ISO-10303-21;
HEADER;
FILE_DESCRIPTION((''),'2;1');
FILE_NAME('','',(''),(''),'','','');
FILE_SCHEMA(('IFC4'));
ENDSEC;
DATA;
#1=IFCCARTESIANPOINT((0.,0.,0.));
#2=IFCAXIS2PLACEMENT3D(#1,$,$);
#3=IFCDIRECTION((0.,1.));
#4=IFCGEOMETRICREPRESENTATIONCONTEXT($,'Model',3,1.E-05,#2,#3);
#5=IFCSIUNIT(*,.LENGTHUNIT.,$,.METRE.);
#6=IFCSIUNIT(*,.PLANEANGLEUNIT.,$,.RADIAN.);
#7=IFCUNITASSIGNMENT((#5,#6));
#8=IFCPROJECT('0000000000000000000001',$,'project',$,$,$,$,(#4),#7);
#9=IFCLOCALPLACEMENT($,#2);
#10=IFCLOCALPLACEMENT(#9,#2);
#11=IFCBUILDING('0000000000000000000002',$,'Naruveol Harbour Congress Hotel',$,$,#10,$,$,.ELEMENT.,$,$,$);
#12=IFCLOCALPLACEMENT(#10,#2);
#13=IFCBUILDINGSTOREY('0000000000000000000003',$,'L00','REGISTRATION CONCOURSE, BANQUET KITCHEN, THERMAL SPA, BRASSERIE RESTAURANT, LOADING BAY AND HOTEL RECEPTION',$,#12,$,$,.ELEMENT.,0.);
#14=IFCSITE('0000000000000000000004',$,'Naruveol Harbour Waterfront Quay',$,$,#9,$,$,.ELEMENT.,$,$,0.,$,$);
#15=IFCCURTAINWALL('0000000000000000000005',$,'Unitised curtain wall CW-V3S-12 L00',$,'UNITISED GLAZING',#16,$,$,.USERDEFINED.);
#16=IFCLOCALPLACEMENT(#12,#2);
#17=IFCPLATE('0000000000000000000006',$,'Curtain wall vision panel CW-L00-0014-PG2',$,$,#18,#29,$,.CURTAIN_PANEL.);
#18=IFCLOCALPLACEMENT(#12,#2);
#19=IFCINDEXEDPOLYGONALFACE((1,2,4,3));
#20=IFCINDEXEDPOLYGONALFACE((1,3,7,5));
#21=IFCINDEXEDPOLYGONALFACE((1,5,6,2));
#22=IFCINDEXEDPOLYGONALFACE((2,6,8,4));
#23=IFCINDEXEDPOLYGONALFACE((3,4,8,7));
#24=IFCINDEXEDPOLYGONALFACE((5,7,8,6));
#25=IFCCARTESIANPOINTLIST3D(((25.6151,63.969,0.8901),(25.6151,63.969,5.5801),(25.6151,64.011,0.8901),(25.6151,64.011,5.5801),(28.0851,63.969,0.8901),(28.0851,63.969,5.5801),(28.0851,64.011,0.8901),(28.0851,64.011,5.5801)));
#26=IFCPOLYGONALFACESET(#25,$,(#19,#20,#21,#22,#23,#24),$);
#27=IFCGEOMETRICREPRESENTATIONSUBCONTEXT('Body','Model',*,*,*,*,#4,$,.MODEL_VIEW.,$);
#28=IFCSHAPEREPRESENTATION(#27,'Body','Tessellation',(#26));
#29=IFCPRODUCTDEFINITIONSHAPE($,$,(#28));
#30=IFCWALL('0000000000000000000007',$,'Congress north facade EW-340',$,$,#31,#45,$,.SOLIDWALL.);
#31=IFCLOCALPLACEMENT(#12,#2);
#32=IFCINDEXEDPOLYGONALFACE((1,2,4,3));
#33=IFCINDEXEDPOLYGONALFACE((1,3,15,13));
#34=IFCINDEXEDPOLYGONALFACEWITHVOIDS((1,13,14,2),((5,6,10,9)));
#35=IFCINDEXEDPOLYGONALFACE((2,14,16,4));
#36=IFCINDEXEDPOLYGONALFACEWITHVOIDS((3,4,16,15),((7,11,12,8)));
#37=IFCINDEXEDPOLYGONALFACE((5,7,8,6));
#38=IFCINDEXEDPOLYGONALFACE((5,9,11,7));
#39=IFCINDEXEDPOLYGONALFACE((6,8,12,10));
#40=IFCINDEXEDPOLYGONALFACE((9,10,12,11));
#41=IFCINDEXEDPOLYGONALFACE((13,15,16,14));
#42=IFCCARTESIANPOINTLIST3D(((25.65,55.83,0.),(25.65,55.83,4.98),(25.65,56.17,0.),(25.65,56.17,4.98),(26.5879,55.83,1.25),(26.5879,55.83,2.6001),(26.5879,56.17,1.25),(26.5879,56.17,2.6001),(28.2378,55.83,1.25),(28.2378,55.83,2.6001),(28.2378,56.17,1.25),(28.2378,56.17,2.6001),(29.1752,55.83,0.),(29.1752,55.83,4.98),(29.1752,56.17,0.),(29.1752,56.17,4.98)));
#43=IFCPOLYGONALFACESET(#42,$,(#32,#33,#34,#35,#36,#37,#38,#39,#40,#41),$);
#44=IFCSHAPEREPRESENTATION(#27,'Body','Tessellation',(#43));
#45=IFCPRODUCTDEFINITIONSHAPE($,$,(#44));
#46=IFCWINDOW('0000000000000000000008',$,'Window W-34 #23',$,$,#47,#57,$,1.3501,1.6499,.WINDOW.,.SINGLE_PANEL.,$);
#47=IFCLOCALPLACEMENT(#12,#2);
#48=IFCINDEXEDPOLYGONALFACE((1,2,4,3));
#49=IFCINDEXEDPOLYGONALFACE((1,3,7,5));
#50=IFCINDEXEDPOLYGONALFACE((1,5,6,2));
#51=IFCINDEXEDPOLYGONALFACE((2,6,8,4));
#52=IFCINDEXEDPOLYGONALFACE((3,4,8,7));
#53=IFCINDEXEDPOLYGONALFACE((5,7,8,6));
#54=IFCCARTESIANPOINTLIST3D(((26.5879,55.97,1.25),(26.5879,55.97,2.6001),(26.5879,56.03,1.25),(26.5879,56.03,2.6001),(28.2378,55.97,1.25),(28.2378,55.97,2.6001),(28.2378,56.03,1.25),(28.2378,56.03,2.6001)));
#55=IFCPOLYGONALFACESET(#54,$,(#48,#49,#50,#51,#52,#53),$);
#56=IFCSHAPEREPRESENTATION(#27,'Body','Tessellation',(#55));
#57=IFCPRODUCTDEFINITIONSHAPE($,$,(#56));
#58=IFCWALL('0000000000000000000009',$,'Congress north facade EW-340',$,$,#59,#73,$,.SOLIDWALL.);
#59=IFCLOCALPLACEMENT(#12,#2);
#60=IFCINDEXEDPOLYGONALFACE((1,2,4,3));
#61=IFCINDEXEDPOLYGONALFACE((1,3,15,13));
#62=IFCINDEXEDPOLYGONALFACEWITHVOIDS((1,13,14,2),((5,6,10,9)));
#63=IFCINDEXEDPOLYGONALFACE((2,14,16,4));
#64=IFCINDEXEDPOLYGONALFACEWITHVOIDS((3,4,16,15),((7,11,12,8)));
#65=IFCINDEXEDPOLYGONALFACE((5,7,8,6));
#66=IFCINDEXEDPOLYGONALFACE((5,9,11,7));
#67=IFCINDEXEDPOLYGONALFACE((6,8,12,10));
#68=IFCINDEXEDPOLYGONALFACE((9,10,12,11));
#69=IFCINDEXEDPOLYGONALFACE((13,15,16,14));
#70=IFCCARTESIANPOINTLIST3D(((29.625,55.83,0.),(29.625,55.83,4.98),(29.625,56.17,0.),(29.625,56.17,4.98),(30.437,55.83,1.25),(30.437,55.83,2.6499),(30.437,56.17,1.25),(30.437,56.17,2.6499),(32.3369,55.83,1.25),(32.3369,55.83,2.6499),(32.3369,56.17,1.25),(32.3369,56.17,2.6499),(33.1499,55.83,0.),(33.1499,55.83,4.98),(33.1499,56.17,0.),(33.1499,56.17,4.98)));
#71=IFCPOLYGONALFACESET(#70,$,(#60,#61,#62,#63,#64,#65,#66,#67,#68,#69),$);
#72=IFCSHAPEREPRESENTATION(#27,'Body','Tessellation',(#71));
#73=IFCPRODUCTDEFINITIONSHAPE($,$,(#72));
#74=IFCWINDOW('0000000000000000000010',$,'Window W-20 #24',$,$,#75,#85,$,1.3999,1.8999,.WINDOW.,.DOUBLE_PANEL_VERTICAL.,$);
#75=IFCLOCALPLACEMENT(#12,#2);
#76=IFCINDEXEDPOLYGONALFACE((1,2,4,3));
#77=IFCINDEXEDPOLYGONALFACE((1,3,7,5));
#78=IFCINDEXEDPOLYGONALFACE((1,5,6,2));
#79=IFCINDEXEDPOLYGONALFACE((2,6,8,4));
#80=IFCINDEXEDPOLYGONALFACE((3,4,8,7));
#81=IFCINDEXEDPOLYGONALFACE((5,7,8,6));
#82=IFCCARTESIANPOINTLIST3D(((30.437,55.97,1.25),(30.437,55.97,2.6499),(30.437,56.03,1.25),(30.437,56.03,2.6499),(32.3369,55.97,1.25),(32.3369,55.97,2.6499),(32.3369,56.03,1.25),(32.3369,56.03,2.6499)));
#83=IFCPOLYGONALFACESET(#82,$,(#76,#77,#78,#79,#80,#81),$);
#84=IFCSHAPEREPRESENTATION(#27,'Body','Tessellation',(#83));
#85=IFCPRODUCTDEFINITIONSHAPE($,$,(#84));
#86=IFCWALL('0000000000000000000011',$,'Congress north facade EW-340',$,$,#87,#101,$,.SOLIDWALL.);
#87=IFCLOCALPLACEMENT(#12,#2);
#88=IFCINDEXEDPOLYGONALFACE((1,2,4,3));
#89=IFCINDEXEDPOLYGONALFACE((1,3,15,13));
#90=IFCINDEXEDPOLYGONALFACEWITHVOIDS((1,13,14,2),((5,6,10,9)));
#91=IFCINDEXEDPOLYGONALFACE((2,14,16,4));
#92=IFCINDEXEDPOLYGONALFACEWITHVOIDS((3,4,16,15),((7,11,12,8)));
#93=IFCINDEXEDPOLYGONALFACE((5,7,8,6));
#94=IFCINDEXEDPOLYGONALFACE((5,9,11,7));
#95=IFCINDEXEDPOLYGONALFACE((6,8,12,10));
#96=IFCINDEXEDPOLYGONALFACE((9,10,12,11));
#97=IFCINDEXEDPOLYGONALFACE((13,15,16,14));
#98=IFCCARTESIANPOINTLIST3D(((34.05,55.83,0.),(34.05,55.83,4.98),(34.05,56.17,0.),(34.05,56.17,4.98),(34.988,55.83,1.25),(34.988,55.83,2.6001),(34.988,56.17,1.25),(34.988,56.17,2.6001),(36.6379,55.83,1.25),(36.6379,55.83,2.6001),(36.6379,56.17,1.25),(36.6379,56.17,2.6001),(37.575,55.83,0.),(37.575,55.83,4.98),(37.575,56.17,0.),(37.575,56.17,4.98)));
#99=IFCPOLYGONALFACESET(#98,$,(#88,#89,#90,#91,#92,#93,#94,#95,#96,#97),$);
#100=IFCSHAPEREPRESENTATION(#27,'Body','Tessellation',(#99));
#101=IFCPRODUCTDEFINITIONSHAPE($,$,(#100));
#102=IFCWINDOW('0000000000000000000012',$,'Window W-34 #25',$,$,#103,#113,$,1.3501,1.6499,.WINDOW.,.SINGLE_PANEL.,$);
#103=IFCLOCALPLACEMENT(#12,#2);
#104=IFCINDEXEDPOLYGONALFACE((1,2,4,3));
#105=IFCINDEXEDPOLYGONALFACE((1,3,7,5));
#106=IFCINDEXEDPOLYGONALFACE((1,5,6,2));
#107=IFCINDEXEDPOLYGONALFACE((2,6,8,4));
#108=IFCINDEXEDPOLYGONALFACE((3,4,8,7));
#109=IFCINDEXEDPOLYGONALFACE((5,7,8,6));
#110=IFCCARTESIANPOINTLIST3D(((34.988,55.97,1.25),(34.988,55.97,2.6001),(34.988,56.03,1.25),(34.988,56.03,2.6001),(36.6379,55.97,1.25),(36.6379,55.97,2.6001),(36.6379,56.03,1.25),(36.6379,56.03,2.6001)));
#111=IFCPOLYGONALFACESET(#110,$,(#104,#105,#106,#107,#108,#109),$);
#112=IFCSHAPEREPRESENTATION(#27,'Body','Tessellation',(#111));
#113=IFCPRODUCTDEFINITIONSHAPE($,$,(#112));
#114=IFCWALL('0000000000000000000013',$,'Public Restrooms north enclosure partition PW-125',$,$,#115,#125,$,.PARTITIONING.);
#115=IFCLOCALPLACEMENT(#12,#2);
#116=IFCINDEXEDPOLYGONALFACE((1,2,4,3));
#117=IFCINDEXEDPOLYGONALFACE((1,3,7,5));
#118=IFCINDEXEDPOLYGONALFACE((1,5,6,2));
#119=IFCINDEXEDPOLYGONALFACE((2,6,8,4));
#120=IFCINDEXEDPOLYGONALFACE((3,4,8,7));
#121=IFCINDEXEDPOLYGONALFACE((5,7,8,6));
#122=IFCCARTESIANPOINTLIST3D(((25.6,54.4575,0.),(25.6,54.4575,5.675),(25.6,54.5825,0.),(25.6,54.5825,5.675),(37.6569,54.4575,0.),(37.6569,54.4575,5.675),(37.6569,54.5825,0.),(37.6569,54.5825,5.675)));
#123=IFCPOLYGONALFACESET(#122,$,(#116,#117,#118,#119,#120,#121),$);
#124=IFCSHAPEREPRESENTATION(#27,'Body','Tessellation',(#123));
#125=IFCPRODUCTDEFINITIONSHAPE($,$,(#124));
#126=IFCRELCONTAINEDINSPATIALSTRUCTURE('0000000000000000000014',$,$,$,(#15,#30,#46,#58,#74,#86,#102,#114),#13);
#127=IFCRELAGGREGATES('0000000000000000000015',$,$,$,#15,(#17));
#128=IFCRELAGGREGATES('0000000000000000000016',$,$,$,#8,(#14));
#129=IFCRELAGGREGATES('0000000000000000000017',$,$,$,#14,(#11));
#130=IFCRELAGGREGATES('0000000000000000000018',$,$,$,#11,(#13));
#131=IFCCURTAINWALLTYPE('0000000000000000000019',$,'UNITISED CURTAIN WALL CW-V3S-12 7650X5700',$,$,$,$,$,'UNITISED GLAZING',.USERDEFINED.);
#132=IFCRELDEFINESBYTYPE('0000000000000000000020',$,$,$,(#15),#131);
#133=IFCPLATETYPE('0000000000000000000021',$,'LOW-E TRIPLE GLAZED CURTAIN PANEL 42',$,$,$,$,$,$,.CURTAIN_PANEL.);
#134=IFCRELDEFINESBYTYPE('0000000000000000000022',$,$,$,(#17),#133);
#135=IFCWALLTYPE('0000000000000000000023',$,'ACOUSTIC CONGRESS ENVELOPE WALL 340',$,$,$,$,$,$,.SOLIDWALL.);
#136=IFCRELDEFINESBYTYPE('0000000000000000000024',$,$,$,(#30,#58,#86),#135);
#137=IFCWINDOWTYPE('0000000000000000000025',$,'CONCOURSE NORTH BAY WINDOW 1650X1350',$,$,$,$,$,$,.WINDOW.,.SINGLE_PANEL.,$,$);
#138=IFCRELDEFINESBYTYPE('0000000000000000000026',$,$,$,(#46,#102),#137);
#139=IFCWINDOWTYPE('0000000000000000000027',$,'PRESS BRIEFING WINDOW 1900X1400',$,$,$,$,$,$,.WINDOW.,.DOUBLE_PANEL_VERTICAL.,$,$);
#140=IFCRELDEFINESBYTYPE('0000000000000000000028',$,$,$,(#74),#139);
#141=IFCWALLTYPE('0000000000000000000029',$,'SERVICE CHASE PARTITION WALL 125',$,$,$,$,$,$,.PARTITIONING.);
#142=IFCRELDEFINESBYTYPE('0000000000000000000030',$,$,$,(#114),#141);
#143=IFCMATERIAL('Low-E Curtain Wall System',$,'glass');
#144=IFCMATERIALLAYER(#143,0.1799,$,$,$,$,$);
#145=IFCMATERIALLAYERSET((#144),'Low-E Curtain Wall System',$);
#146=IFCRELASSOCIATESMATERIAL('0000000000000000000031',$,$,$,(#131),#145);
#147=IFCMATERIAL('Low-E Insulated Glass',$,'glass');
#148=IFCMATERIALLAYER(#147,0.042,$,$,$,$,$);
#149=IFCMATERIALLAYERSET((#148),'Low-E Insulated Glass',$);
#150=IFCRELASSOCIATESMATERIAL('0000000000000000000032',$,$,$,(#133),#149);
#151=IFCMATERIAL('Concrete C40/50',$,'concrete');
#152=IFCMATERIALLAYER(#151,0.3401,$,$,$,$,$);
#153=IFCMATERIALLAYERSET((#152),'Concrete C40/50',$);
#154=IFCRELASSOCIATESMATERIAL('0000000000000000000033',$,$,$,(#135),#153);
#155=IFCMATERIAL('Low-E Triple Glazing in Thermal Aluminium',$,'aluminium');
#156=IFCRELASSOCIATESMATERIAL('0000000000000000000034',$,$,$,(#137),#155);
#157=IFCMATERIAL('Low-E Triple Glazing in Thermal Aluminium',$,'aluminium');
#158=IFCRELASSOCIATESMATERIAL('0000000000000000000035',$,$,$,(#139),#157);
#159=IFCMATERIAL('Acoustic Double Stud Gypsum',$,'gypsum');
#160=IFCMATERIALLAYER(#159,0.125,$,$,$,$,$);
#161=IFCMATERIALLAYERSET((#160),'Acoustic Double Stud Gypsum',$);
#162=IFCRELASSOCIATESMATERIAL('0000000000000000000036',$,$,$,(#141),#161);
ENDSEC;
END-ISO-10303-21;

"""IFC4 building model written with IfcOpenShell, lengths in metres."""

from ifc_helpers import new_model, si_unit, direction, frame, frame_2d, origin, origin_2d, place, context, subcontext, project, spatial, rectangle, extrude, material, layer, layer_set, type_object, element, fill, aggregate, save


model = new_model("IFC4")

# Units and contexts
model_context = context("Model", 3, precision=1e-05, world=origin(), true_north=direction((0.0, 1.0)))
body_context = subcontext(model_context, "Body", "Model", "MODEL_VIEW")
ifc_project = project(units=[si_unit("LENGTHUNIT", "METRE"), si_unit("PLANEANGLEUNIT", "RADIAN")], contexts=[model_context])

# Site, building, storey
site_placement = place(None, origin())
site = spatial("IfcSite", under=ifc_project, at=site_placement, Name="Naruveol Harbour Waterfront Quay", CompositionType="ELEMENT", RefElevation=0.0)
building_placement = place(site_placement, origin())
building = spatial("IfcBuilding", under=site, at=building_placement, Name="Naruveol Harbour Congress Hotel", CompositionType="ELEMENT")
storey_placement = place(building_placement, origin())
storey = spatial("IfcBuildingStorey", under=building, at=storey_placement, Name="L00", Description="REGISTRATION CONCOURSE, BANQUET KITCHEN, THERMAL SPA, BRASSERIE RESTAURANT, LOADING BAY AND HOTEL RECEPTION", CompositionType="ELEMENT", Elevation=0.0)

# Shared definitions
ifc_material_1 = material(Name="Low-E Curtain Wall System", Category="glass")
ifc_layer_1 = layer(ifc_material_1, 0.1799)
ifc_layer_set_1 = layer_set([ifc_layer_1], Name="Low-E Curtain Wall System")
curtain_wall_type = type_object("IfcCurtainWallType", Name="UNITISED CURTAIN WALL CW-V3S-12 7650X5700", ElementType="UNITISED GLAZING", PredefinedType="USERDEFINED", material=ifc_layer_set_1)

# Curtain wall
curtain_wall_1_placement = place(storey_placement, origin())
curtain_wall_1 = element("IfcCurtainWall", 1, at=curtain_wall_1_placement, inside=storey, type_object=curtain_wall_type, Name="Unitised curtain wall CW-V3S-12 L00", ObjectType="UNITISED GLAZING", PredefinedType="USERDEFINED")

# Plate
ifc_material_2 = material(Name="Low-E Insulated Glass", Category="glass")
ifc_layer_2 = layer(ifc_material_2, 0.042)
ifc_layer_set_2 = layer_set([ifc_layer_2], Name="Low-E Insulated Glass")
plate_type_1 = type_object("IfcPlateType", Name="LOW-E TRIPLE GLAZED CURTAIN PANEL 42", PredefinedType="CURTAIN_PANEL", material=ifc_layer_set_2)
plate_1_placement = place(storey_placement, frame((26.8501, 63.99, 0.8901), z_axis=(0.0, 0.0, 1.0), x_axis=(-1.0, 0.0, 0.0)))
plate_1 = element("IfcPlate", 2, at=plate_1_placement, type_object=plate_type_1, Name="Curtain wall vision panel CW-L00-0014-PG2", PredefinedType="CURTAIN_PANEL", context=body_context, shape_type="SweptSolid", body=[
    extrude(rectangle(XDim=2.47, YDim=0.042, at=origin_2d()), origin(), (0.0, 0.0, 1.0), 4.6899),
])
aggregate(curtain_wall_1, [plate_1])

# Walls, openings, windows
ifc_material_3 = material(Name="Concrete C40/50", Category="concrete")
ifc_layer_3 = layer(ifc_material_3, 0.3401)
ifc_layer_set_3 = layer_set([ifc_layer_3], Name="Concrete C40/50")
wall_type_1 = type_object("IfcWallType", Name="ACOUSTIC CONGRESS ENVELOPE WALL 340", PredefinedType="SOLIDWALL", material=ifc_layer_set_3)
wall_1_placement = place(storey_placement, frame((25.6499, 56.0, 0.0), z_axis=(0.0, 0.0, 1.0), x_axis=(1.0, 0.0, 0.0)))
wall_1 = element("IfcWall", 3, at=wall_1_placement, inside=storey, type_object=wall_type_1, Name="Congress north facade EW-340", PredefinedType="SOLIDWALL", context=body_context, shape_type="SweptSolid", body=[
    extrude(rectangle(XDim=3.5251, YDim=0.3401, at=frame_2d((1.7627, 0.0))), origin(), (0.0, 0.0, 1.0), 4.98),
])
opening_1_placement = place(wall_1_placement, frame((0.938, 0.0, 1.25)))
opening_1 = element("IfcOpeningElement", 4, at=opening_1_placement, cuts=wall_1, PredefinedType="OPENING", context=body_context, shape_type="SweptSolid", body=[
    extrude(rectangle(XDim=1.6499, YDim=1.3501, at=frame_2d((0.825, 0.675))), frame((0.0, 0.1799, 0.0), z_axis=(0.0, -1.0, 0.0), x_axis=(1.0, 0.0, 0.0)), (0.0, 0.0, 1.0), 0.3601),
])
ifc_material_4 = material(Name="Low-E Triple Glazing in Thermal Aluminium", Category="aluminium")
window_type_1 = type_object("IfcWindowType", Name="CONCOURSE NORTH BAY WINDOW 1650X1350", PartitioningType="SINGLE_PANEL", PredefinedType="WINDOW", material=ifc_material_4)
window_1_placement = place(opening_1_placement, origin())
window_1 = element("IfcWindow", 5, at=window_1_placement, inside=storey, type_object=window_type_1, Name="Window W-34 #23", OverallHeight=1.3501, OverallWidth=1.6499, PartitioningType="SINGLE_PANEL", PredefinedType="WINDOW", context=body_context, shape_type="SweptSolid", body=[
    extrude(rectangle(XDim=1.6499, YDim=1.3501, at=frame_2d((0.825, 0.675))), frame((0.0, 0.03, 0.0), z_axis=(0.0, -1.0, 0.0), x_axis=(1.0, 0.0, 0.0)), (0.0, 0.0, 1.0), 0.0601),
])
fill(opening_1, window_1)
wall_2_placement = place(storey_placement, frame((29.625, 56.0, 0.0), z_axis=(0.0, 0.0, 1.0), x_axis=(1.0, 0.0, 0.0)))
wall_2 = element("IfcWall", 6, at=wall_2_placement, inside=storey, type_object=wall_type_1, Name="Congress north facade EW-340", PredefinedType="SOLIDWALL", context=body_context, shape_type="SweptSolid", body=[
    extrude(rectangle(XDim=3.5249, YDim=0.3401, at=frame_2d((1.7625, 0.0))), origin(), (0.0, 0.0, 1.0), 4.98),
])
opening_2_placement = place(wall_2_placement, frame((0.812, 0.0, 1.25)))
opening_2 = element("IfcOpeningElement", 7, at=opening_2_placement, cuts=wall_2, PredefinedType="OPENING", context=body_context, shape_type="SweptSolid", body=[
    extrude(rectangle(XDim=1.8999, YDim=1.3999, at=frame_2d((0.95, 0.7))), frame((0.0, 0.1799, 0.0), z_axis=(0.0, -1.0, 0.0), x_axis=(1.0, 0.0, 0.0)), (0.0, 0.0, 1.0), 0.3601),
])
ifc_material_5 = material(Name="Low-E Triple Glazing in Thermal Aluminium", Category="aluminium")
window_type_2 = type_object("IfcWindowType", Name="PRESS BRIEFING WINDOW 1900X1400", PartitioningType="DOUBLE_PANEL_VERTICAL", PredefinedType="WINDOW", material=ifc_material_5)
window_2_placement = place(opening_2_placement, origin())
window_2 = element("IfcWindow", 8, at=window_2_placement, inside=storey, type_object=window_type_2, Name="Window W-20 #24", OverallHeight=1.3999, OverallWidth=1.8999, PartitioningType="DOUBLE_PANEL_VERTICAL", PredefinedType="WINDOW", context=body_context, shape_type="SweptSolid", body=[
    extrude(rectangle(XDim=1.8999, YDim=1.3999, at=frame_2d((0.95, 0.7))), frame((0.0, 0.03, 0.0), z_axis=(0.0, -1.0, 0.0), x_axis=(1.0, 0.0, 0.0)), (0.0, 0.0, 1.0), 0.0601),
])
fill(opening_2, window_2)
wall_3_placement = place(storey_placement, frame((34.05, 56.0, 0.0), z_axis=(0.0, 0.0, 1.0), x_axis=(1.0, 0.0, 0.0)))
wall_3 = element("IfcWall", 9, at=wall_3_placement, inside=storey, type_object=wall_type_1, Name="Congress north facade EW-340", PredefinedType="SOLIDWALL", context=body_context, shape_type="SweptSolid", body=[
    extrude(rectangle(XDim=3.5249, YDim=0.3401, at=frame_2d((1.7625, 0.0))), origin(), (0.0, 0.0, 1.0), 4.98),
])
opening_3_placement = place(wall_3_placement, frame((0.938, 0.0, 1.25)))
opening_3 = element("IfcOpeningElement", 10, at=opening_3_placement, cuts=wall_3, PredefinedType="OPENING", context=body_context, shape_type="SweptSolid", body=[
    extrude(rectangle(XDim=1.6499, YDim=1.3501, at=frame_2d((0.825, 0.675))), frame((0.0, 0.1799, 0.0), z_axis=(0.0, -1.0, 0.0), x_axis=(1.0, 0.0, 0.0)), (0.0, 0.0, 1.0), 0.3601),
])
window_3_placement = place(opening_3_placement, origin())
window_3 = element("IfcWindow", 11, at=window_3_placement, inside=storey, type_object=window_type_1, Name="Window W-34 #25", OverallHeight=1.3501, OverallWidth=1.6499, PartitioningType="SINGLE_PANEL", PredefinedType="WINDOW", context=body_context, shape_type="SweptSolid", body=[
    extrude(rectangle(XDim=1.6499, YDim=1.3501, at=frame_2d((0.825, 0.675))), frame((0.0, 0.03, 0.0), z_axis=(0.0, -1.0, 0.0), x_axis=(1.0, 0.0, 0.0)), (0.0, 0.0, 1.0), 0.0601),
])
fill(opening_3, window_3)

# Wall
ifc_material_6 = material(Name="Acoustic Double Stud Gypsum", Category="gypsum")
ifc_layer_4 = layer(ifc_material_6, 0.125)
ifc_layer_set_4 = layer_set([ifc_layer_4], Name="Acoustic Double Stud Gypsum")
wall_type_2 = type_object("IfcWallType", Name="SERVICE CHASE PARTITION WALL 125", PredefinedType="PARTITIONING", material=ifc_layer_set_4)
wall_4_placement = place(storey_placement, frame((25.6001, 54.52, 0.0), z_axis=(0.0, 0.0, 1.0), x_axis=(1.0, 0.0, 0.0)))
element("IfcWall", 12, at=wall_4_placement, inside=storey, type_object=wall_type_2, Name="Public Restrooms north enclosure partition PW-125", PredefinedType="PARTITIONING", context=body_context, shape_type="SweptSolid", body=[
    extrude(rectangle(XDim=12.0569, YDim=0.125, at=frame_2d((6.0283, 0.0))), origin(), (0.0, 0.0, 1.0), 5.675),
])

save(model, "model.ifc")
